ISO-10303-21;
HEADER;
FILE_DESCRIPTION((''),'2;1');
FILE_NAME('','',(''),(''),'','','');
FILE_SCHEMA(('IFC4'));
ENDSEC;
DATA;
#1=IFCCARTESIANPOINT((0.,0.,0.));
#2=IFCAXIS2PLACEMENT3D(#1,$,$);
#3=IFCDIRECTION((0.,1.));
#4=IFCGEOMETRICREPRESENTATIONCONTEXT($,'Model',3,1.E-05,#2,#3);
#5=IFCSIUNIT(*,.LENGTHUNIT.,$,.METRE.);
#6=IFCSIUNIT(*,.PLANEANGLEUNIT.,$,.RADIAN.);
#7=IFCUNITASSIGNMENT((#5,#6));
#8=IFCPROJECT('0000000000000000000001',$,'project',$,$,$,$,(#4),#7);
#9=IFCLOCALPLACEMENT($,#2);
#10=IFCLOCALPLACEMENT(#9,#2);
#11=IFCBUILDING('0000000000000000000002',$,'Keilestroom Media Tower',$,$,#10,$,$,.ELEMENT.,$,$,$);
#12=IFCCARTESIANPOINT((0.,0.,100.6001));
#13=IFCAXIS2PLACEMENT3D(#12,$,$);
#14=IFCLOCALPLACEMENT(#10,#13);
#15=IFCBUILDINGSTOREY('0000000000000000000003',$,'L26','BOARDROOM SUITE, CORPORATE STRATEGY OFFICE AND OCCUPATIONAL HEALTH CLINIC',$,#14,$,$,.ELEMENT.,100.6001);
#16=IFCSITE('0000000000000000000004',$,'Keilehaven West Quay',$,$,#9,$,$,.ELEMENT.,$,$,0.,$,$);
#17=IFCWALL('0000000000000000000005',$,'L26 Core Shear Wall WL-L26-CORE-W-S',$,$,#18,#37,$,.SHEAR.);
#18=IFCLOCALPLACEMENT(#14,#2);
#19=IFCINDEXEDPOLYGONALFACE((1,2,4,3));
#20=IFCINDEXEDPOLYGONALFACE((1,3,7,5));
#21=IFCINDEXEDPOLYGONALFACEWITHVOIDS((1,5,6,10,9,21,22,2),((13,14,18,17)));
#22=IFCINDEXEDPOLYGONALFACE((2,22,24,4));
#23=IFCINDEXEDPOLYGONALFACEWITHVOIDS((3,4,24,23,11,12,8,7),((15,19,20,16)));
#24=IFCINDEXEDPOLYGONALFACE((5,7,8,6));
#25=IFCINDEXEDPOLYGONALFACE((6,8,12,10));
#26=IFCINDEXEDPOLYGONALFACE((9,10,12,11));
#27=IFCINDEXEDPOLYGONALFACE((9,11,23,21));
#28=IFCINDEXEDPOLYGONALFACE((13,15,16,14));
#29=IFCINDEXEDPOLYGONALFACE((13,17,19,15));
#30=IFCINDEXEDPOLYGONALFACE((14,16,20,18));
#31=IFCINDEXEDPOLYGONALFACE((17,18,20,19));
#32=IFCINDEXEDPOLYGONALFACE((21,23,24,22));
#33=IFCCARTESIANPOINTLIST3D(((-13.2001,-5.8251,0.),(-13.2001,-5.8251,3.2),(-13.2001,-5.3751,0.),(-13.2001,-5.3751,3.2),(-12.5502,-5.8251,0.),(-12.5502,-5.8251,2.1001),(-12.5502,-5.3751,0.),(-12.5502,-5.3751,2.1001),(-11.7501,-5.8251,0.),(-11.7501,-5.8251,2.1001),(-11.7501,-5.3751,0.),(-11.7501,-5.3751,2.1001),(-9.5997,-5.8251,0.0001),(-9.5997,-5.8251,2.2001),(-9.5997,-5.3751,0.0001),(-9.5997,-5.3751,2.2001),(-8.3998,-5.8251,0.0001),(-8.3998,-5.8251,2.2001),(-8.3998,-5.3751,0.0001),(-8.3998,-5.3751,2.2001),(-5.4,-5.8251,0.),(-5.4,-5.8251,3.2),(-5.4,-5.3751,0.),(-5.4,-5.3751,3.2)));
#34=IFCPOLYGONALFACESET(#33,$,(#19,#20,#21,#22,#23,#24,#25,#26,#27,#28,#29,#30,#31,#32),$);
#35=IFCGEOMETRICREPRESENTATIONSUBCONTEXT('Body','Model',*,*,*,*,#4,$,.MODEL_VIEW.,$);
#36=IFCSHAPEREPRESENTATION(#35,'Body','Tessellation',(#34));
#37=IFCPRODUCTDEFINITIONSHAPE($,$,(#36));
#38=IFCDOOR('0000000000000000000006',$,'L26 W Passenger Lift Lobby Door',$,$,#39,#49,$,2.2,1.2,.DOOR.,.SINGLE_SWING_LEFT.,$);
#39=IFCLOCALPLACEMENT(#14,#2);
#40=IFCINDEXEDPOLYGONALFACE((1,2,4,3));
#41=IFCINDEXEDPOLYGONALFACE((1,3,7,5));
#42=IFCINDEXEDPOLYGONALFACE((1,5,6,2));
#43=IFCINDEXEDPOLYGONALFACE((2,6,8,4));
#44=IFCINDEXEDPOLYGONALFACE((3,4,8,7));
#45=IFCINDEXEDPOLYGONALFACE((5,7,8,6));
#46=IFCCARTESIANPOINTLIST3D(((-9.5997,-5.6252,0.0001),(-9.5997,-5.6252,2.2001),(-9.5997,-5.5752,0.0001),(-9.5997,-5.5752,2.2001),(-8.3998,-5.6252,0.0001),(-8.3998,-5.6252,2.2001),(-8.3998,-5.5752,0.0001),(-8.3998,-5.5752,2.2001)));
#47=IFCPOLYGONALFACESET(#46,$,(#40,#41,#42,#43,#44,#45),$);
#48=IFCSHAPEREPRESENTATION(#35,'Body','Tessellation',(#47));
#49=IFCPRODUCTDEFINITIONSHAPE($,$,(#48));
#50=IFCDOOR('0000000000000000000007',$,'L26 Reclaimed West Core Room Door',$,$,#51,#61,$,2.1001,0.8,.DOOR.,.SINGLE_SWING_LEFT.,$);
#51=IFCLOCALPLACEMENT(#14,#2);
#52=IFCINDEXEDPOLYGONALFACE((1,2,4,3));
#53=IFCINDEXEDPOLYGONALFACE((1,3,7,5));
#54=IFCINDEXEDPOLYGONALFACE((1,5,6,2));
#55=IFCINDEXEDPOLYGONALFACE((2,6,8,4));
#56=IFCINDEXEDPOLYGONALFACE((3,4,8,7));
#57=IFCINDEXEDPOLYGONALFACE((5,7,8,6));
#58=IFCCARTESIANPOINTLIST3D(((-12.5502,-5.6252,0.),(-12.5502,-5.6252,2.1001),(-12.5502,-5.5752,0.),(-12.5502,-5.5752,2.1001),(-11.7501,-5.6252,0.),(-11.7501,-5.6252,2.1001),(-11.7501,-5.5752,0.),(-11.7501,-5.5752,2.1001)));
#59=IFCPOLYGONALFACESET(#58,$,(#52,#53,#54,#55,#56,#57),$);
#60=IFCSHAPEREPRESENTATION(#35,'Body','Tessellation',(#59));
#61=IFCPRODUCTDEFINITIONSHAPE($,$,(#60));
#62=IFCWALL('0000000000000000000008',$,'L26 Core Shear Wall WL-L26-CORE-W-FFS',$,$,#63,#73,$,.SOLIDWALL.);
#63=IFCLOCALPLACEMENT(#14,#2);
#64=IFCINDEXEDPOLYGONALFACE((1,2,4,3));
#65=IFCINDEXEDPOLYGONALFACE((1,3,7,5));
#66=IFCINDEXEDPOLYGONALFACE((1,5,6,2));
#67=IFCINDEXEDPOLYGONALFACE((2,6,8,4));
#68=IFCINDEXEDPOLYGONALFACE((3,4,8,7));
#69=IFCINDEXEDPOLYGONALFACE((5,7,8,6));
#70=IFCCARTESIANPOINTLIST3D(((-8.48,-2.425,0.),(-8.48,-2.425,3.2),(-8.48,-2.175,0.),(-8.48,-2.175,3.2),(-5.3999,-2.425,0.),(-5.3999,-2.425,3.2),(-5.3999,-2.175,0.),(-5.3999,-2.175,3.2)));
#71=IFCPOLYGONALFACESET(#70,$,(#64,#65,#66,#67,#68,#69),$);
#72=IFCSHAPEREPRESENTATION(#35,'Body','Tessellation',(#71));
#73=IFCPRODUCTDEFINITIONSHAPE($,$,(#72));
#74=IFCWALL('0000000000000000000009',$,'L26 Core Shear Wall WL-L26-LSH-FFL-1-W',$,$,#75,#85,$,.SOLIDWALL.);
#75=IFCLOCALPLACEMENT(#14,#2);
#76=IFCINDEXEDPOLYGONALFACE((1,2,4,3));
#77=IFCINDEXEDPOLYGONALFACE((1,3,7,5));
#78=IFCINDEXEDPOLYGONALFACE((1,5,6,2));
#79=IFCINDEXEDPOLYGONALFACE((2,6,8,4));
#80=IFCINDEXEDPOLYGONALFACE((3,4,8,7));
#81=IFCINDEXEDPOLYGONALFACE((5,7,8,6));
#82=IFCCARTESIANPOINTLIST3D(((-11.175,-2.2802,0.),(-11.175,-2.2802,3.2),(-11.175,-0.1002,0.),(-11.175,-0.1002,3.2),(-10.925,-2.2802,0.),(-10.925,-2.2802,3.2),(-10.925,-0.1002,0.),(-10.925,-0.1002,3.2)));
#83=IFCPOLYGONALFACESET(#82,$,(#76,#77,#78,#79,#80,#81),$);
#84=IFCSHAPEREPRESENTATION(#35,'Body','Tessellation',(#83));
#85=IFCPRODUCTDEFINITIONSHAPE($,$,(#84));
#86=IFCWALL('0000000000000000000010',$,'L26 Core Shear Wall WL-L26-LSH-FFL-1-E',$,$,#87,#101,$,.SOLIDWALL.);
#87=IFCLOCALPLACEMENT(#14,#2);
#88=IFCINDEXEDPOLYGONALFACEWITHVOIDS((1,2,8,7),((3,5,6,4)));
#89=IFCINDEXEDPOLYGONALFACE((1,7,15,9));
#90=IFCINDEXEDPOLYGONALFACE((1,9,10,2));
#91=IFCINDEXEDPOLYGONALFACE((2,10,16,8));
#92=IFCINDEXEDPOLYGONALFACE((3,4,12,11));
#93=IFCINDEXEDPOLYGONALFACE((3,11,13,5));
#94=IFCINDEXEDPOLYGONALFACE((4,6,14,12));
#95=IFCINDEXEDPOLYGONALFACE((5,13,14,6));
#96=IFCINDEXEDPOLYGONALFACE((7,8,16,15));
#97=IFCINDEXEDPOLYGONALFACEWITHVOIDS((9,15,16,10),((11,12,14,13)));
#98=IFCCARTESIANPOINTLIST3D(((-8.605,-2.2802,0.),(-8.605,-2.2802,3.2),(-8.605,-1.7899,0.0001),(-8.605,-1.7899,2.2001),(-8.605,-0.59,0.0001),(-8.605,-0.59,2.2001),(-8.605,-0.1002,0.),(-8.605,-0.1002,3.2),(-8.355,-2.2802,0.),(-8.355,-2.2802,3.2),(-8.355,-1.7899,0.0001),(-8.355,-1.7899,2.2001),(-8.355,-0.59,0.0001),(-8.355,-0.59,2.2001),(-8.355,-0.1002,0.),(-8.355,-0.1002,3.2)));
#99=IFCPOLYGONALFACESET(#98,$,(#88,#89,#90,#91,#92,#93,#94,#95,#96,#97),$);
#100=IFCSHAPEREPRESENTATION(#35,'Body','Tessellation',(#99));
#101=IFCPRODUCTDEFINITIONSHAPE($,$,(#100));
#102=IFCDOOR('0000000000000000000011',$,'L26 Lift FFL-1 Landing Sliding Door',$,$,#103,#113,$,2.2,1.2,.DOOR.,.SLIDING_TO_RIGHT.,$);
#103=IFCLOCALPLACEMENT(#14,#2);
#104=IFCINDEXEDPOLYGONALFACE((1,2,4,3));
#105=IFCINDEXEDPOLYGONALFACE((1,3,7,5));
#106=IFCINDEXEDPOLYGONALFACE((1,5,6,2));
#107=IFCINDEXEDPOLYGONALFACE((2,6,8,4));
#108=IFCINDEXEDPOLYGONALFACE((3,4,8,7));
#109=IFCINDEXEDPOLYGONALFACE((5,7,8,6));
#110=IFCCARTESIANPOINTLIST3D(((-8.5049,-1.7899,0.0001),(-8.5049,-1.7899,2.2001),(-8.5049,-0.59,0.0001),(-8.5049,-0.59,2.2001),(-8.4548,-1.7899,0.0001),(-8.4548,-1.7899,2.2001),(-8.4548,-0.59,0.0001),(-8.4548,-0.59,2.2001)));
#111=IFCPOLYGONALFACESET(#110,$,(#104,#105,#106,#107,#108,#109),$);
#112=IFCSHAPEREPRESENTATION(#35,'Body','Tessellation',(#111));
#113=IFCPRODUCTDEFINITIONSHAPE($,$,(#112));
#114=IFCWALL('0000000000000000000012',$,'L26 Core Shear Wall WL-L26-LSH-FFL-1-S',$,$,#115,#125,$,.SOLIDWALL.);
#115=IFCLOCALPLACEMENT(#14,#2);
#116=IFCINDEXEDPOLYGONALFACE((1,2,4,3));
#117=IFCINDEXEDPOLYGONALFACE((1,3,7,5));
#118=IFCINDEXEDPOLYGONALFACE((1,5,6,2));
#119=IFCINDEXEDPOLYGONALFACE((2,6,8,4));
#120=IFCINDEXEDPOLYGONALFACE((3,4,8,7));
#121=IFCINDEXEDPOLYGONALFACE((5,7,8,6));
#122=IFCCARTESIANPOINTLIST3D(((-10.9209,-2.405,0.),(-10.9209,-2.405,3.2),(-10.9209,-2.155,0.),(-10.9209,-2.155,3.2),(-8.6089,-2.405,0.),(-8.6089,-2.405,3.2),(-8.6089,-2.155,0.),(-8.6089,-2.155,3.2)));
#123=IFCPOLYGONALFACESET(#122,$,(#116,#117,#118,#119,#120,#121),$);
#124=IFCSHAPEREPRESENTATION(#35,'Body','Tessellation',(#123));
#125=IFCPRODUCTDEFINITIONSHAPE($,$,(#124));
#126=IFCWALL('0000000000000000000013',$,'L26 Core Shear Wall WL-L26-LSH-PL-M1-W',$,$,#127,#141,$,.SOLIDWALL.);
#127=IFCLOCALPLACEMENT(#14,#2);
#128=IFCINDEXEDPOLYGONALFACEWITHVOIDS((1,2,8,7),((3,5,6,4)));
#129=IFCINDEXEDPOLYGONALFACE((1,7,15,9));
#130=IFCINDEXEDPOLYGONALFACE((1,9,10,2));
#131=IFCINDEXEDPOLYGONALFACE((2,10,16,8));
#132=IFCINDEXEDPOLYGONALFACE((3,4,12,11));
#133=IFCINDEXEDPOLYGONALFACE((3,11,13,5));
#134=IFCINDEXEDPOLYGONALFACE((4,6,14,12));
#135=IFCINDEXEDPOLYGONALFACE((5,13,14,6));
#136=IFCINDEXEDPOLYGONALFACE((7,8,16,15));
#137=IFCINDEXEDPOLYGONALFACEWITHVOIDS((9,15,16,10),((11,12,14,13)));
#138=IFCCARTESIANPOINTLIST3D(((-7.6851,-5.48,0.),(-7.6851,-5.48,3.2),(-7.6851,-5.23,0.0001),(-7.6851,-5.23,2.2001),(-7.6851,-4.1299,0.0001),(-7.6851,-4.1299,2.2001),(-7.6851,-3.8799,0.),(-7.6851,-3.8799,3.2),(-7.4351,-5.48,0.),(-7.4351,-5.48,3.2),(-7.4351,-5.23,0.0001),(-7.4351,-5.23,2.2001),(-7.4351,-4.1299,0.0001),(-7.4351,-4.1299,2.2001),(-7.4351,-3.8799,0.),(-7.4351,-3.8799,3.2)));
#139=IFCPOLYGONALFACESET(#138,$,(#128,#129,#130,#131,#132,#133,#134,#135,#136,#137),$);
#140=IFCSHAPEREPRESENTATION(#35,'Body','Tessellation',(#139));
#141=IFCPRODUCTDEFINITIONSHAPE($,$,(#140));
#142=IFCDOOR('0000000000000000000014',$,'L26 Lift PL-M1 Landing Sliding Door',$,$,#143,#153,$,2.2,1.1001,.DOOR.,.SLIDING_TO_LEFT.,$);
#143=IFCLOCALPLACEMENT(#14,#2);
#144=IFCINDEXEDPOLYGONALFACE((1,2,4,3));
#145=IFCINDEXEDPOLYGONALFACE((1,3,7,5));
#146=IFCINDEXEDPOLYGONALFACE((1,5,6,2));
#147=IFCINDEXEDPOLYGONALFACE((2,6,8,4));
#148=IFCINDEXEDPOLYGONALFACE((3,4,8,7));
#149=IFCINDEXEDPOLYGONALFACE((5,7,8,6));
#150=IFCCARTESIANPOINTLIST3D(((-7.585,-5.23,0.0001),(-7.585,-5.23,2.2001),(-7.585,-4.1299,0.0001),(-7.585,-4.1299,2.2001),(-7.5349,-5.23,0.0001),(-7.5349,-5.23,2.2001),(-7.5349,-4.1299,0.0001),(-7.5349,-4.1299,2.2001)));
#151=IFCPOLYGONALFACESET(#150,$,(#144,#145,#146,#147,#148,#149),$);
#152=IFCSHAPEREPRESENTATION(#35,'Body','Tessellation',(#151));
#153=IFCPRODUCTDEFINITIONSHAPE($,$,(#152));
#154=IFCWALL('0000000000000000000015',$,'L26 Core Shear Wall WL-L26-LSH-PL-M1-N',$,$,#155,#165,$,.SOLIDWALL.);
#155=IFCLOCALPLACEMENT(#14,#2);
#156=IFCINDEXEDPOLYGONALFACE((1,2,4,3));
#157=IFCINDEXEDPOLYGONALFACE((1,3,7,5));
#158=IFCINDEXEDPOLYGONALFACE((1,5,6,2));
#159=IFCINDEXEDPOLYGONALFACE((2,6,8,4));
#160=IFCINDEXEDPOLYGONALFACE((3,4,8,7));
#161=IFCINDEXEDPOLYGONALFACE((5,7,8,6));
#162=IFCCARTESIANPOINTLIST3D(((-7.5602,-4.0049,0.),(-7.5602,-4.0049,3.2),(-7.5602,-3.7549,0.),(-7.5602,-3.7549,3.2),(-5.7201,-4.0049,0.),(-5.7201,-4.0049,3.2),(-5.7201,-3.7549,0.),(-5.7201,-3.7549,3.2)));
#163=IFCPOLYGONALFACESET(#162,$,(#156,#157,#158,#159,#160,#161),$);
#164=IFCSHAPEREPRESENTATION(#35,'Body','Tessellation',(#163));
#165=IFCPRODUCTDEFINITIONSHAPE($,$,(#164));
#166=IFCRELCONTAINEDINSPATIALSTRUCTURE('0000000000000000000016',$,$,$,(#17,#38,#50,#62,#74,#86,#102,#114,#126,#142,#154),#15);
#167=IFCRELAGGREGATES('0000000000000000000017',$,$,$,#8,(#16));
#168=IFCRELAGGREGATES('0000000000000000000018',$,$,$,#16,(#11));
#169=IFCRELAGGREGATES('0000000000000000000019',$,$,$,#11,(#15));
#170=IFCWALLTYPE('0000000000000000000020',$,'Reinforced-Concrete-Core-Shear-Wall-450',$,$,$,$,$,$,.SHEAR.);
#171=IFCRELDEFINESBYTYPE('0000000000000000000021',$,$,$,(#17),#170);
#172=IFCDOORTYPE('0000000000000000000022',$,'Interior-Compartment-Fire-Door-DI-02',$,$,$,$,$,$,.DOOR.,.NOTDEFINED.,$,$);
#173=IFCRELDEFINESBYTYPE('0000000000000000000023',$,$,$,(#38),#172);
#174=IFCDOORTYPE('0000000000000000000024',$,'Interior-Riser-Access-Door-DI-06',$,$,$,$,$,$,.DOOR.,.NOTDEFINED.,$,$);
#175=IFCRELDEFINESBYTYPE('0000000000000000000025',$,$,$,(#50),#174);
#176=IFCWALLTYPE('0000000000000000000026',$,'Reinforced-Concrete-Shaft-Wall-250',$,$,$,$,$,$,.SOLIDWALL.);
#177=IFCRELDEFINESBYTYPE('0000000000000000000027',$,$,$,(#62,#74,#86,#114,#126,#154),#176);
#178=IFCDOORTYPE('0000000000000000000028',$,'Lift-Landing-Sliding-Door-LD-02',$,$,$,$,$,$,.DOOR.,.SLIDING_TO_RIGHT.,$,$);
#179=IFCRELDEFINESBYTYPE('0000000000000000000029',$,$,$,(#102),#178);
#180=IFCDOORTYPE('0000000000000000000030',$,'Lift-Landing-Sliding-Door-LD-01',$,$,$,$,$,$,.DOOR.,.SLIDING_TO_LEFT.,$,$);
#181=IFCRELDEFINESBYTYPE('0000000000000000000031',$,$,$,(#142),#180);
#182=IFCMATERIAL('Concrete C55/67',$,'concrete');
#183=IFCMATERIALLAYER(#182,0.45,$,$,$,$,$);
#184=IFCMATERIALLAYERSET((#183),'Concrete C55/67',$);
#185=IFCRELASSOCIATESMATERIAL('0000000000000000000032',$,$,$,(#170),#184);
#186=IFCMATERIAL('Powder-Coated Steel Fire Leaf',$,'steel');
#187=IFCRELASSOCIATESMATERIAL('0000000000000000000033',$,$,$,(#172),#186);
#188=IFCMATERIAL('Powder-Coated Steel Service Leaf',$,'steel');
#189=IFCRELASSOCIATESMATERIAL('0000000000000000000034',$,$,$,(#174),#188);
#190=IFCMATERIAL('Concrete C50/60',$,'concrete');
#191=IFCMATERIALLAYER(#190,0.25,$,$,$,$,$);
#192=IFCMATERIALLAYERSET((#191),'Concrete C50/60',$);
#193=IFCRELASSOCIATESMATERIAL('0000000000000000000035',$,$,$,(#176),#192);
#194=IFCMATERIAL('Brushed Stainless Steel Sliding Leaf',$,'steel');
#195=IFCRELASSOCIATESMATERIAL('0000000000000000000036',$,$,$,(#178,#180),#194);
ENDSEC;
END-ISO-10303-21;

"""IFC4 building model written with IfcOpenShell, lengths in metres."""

from ifc_helpers import new_model, si_unit, direction, frame, frame_2d, origin, place, context, subcontext, project, spatial, rectangle, extrude, source, transform, mapped, material, layer, layer_set, type_object, element, fill, save


model = new_model("IFC4")

# Units and contexts
model_context = context("Model", 3, precision=1e-05, world=origin(), true_north=direction((0.0, 1.0)))
body_context = subcontext(model_context, "Body", "Model", "MODEL_VIEW")
ifc_project = project(units=[si_unit("LENGTHUNIT", "METRE"), si_unit("PLANEANGLEUNIT", "RADIAN")], contexts=[model_context])

# Site, building, storey
site_placement = place(None, origin())
site = spatial("IfcSite", under=ifc_project, at=site_placement, Name="Keilehaven West Quay", CompositionType="ELEMENT", RefElevation=0.0)
building_placement = place(site_placement, origin())
building = spatial("IfcBuilding", under=site, at=building_placement, Name="Keilestroom Media Tower", CompositionType="ELEMENT")
storey_placement = place(building_placement, frame((0.0, 0.0, 100.6001)))
storey = spatial("IfcBuildingStorey", under=building, at=storey_placement, Name="L26", Description="BOARDROOM SUITE, CORPORATE STRATEGY OFFICE AND OCCUPATIONAL HEALTH CLINIC", CompositionType="ELEMENT", Elevation=100.6001)

# Shared definitions
ifc_material_1 = material(Name="Concrete C55/67", Category="concrete")
ifc_layer_1 = layer(ifc_material_1, 0.45)
ifc_layer_set_1 = layer_set([ifc_layer_1], Name="Concrete C55/67")
wall_type_1 = type_object("IfcWallType", Name="Reinforced-Concrete-Core-Shear-Wall-450", PredefinedType="SHEAR", material=ifc_layer_set_1)

# Wall, openings, doors
ifc_material_2 = material(Name="Powder-Coated Steel Fire Leaf", Category="steel")
door_type_1 = type_object("IfcDoorType", Name="Interior-Compartment-Fire-Door-DI-02", OperationType="NOTDEFINED", PredefinedType="DOOR", material=ifc_material_2)
shared_shape_1 = source(origin(), body_context, "Body", "SweptSolid", [
    extrude(rectangle(XDim=1.2, YDim=2.2, at=frame_2d((0.6001, 1.1001))), frame((0.0, 0.0249, 0.0), z_axis=(0.0, -1.0, 0.0), x_axis=(1.0, 0.0, 0.0)), (0.0, 0.0, 1.0), 0.05),
])
ifc_material_3 = material(Name="Powder-Coated Steel Service Leaf", Category="steel")
door_type_2 = type_object("IfcDoorType", Name="Interior-Riser-Access-Door-DI-06", OperationType="NOTDEFINED", PredefinedType="DOOR", material=ifc_material_3)
shared_shape_2 = source(origin(), body_context, "Body", "SweptSolid", [
    extrude(rectangle(XDim=0.8, YDim=2.1001, at=frame_2d((0.3999, 1.05))), frame((0.0, 0.0249, 0.0), z_axis=(0.0, -1.0, 0.0), x_axis=(1.0, 0.0, 0.0)), (0.0, 0.0, 1.0), 0.05),
])
wall_1_placement = place(storey_placement, frame((-13.2, -5.6001, 0.0), z_axis=(0.0, 0.0, 1.0), x_axis=(1.0, 0.0, 0.0)))
wall_1 = element("IfcWall", 1, at=wall_1_placement, inside=storey, type_object=wall_type_1, Name="L26 Core Shear Wall WL-L26-CORE-W-S", PredefinedType="SHEAR", context=body_context, shape_type="SweptSolid", body=[
    extrude(rectangle(XDim=7.8, YDim=0.45, at=frame_2d((3.8999, 0.0))), origin(), (0.0, 0.0, 1.0), 3.2),
])
opening_1_placement = place(wall_1_placement, frame((3.6001, 0.0, 0.0)))
opening_1 = element("IfcOpeningElement", 2, at=opening_1_placement, cuts=wall_1, PredefinedType="OPENING", context=body_context, shape_type="SweptSolid", body=[
    extrude(rectangle(XDim=1.2, YDim=2.2, at=frame_2d((0.6001, 1.1001))), frame((0.0, 0.2349, 0.0), z_axis=(0.0, -1.0, 0.0), x_axis=(1.0, 0.0, 0.0)), (0.0, 0.0, 1.0), 0.47),
])
opening_2_placement = place(wall_1_placement, frame((0.6499, 0.0, 0.0)))
opening_2 = element("IfcOpeningElement", 3, at=opening_2_placement, cuts=wall_1, PredefinedType="OPENING", context=body_context, shape_type="SweptSolid", body=[
    extrude(rectangle(XDim=0.8, YDim=2.1001, at=frame_2d((0.3999, 1.05))), frame((0.0, 0.2349, 0.0), z_axis=(0.0, -1.0, 0.0), x_axis=(1.0, 0.0, 0.0)), (0.0, 0.0, 1.0), 0.47),
])
door_1_placement = place(opening_1_placement, origin())
door_1 = element("IfcDoor", 4, at=door_1_placement, inside=storey, type_object=door_type_1, Name="L26 W Passenger Lift Lobby Door", OperationType="SINGLE_SWING_LEFT", OverallHeight=2.2, OverallWidth=1.2, PredefinedType="DOOR", context=body_context, shape_type="MappedRepresentation", body=[
    mapped(shared_shape_1, transform((0.0, 0.0, 0.0), x_axis=(1.0, 0.0, 0.0), y_axis=(0.0, 1.0, 0.0), z_axis=(0.0, 0.0, 1.0), scale=1.0)),
])
fill(opening_1, door_1)
door_2_placement = place(opening_2_placement, origin())
door_2 = element("IfcDoor", 5, at=door_2_placement, inside=storey, type_object=door_type_2, Name="L26 Reclaimed West Core Room Door", OperationType="SINGLE_SWING_LEFT", OverallHeight=2.1001, OverallWidth=0.8, PredefinedType="DOOR", context=body_context, shape_type="MappedRepresentation", body=[
    mapped(shared_shape_2, transform((0.0, 0.0, 0.0), x_axis=(1.0, 0.0, 0.0), y_axis=(0.0, 1.0, 0.0), z_axis=(0.0, 0.0, 1.0), scale=1.0)),
])
fill(opening_2, door_2)

# Walls
ifc_material_4 = material(Name="Concrete C50/60", Category="concrete")
ifc_layer_2 = layer(ifc_material_4, 0.25)
ifc_layer_set_2 = layer_set([ifc_layer_2], Name="Concrete C50/60")
wall_type_2 = type_object("IfcWallType", Name="Reinforced-Concrete-Shaft-Wall-250", PredefinedType="SOLIDWALL", material=ifc_layer_set_2)
wall_2_placement = place(storey_placement, frame((-8.48, -2.3, 0.0), z_axis=(0.0, 0.0, 1.0), x_axis=(1.0, 0.0, 0.0)))
element("IfcWall", 6, at=wall_2_placement, inside=storey, type_object=wall_type_2, Name="L26 Core Shear Wall WL-L26-CORE-W-FFS", PredefinedType="SOLIDWALL", context=body_context, shape_type="SweptSolid", body=[
    extrude(rectangle(XDim=3.0801, YDim=0.25, at=frame_2d((1.54, 0.0))), origin(), (0.0, 0.0, 1.0), 3.2),
])
wall_3_placement = place(storey_placement, frame((-11.05, -2.28, 0.0), z_axis=(0.0, 0.0, 1.0), x_axis=(0.0, 1.0, 0.0)))
element("IfcWall", 7, at=wall_3_placement, inside=storey, type_object=wall_type_2, Name="L26 Core Shear Wall WL-L26-LSH-FFL-1-W", PredefinedType="SOLIDWALL", context=body_context, shape_type="SweptSolid", body=[
    extrude(rectangle(XDim=2.1799, YDim=0.25, at=frame_2d((1.0898, 0.0))), origin(), (0.0, 0.0, 1.0), 3.2),
])

# Wall, opening, door
wall_4_placement = place(storey_placement, frame((-8.48, -2.28, 0.0), z_axis=(0.0, 0.0, 1.0), x_axis=(0.0, 1.0, 0.0)))
wall_4 = element("IfcWall", 8, at=wall_4_placement, inside=storey, type_object=wall_type_2, Name="L26 Core Shear Wall WL-L26-LSH-FFL-1-E", PredefinedType="SOLIDWALL", context=body_context, shape_type="SweptSolid", body=[
    extrude(rectangle(XDim=2.1799, YDim=0.25, at=frame_2d((1.0898, 0.0))), origin(), (0.0, 0.0, 1.0), 3.2),
])
opening_3_placement = place(wall_4_placement, frame((0.49, 0.0, 0.0)))
opening_3 = element("IfcOpeningElement", 9, at=opening_3_placement, cuts=wall_4, PredefinedType="OPENING", context=body_context, shape_type="SweptSolid", body=[
    extrude(rectangle(XDim=1.2, YDim=2.2, at=frame_2d((0.6001, 1.1001))), frame((0.0, 0.135, 0.0), z_axis=(0.0, -1.0, 0.0), x_axis=(1.0, 0.0, 0.0)), (0.0, 0.0, 1.0), 0.27),
])
ifc_material_5 = material(Name="Brushed Stainless Steel Sliding Leaf", Category="steel")
door_type_3 = type_object("IfcDoorType", Name="Lift-Landing-Sliding-Door-LD-02", OperationType="SLIDING_TO_RIGHT", PredefinedType="DOOR", material=ifc_material_5)
door_3_placement = place(opening_3_placement, origin())
door_3 = element("IfcDoor", 10, at=door_3_placement, inside=storey, type_object=door_type_3, Name="L26 Lift FFL-1 Landing Sliding Door", OperationType="SLIDING_TO_RIGHT", OverallHeight=2.2, OverallWidth=1.2, PredefinedType="DOOR", context=body_context, shape_type="MappedRepresentation", body=[
    mapped(shared_shape_1, transform((0.0, 0.0, 0.0), x_axis=(1.0, 0.0, 0.0), y_axis=(0.0, 1.0, 0.0), z_axis=(0.0, 0.0, 1.0), scale=1.0)),
])
fill(opening_3, door_3)

# Wall
wall_5_placement = place(storey_placement, frame((-10.9209, -2.28, 0.0), z_axis=(0.0, 0.0, 1.0), x_axis=(1.0, 0.0, 0.0)))
element("IfcWall", 11, at=wall_5_placement, inside=storey, type_object=wall_type_2, Name="L26 Core Shear Wall WL-L26-LSH-FFL-1-S", PredefinedType="SOLIDWALL", context=body_context, shape_type="SweptSolid", body=[
    extrude(rectangle(XDim=2.312, YDim=0.25, at=frame_2d((1.156, 0.0))), origin(), (0.0, 0.0, 1.0), 3.2),
])

# Wall, opening, door
wall_6_placement = place(storey_placement, frame((-7.5601, -5.48, 0.0), z_axis=(0.0, 0.0, 1.0), x_axis=(0.0, 1.0, 0.0)))
wall_6 = element("IfcWall", 12, at=wall_6_placement, inside=storey, type_object=wall_type_2, Name="L26 Core Shear Wall WL-L26-LSH-PL-M1-W", PredefinedType="SOLIDWALL", context=body_context, shape_type="SweptSolid", body=[
    extrude(rectangle(XDim=1.6001, YDim=0.25, at=frame_2d((0.8, 0.0))), origin(), (0.0, 0.0, 1.0), 3.2),
])
opening_4_placement = place(wall_6_placement, frame((0.25, 0.0, 0.0)))
opening_4 = element("IfcOpeningElement", 13, at=opening_4_placement, cuts=wall_6, PredefinedType="OPENING", context=body_context, shape_type="SweptSolid", body=[
    extrude(rectangle(XDim=1.1001, YDim=2.2, at=frame_2d((0.55, 1.1001))), frame((0.0, 0.135, 0.0), z_axis=(0.0, -1.0, 0.0), x_axis=(1.0, 0.0, 0.0)), (0.0, 0.0, 1.0), 0.27),
])
door_type_4 = type_object("IfcDoorType", Name="Lift-Landing-Sliding-Door-LD-01", OperationType="SLIDING_TO_LEFT", PredefinedType="DOOR", material=ifc_material_5)
shared_shape_3 = source(origin(), body_context, "Body", "SweptSolid", [
    extrude(rectangle(XDim=1.1001, YDim=2.2, at=frame_2d((0.55, 1.1001))), frame((0.0, 0.0249, 0.0), z_axis=(0.0, -1.0, 0.0), x_axis=(1.0, 0.0, 0.0)), (0.0, 0.0, 1.0), 0.05),
])
door_4_placement = place(opening_4_placement, origin())
door_4 = element("IfcDoor", 14, at=door_4_placement, inside=storey, type_object=door_type_4, Name="L26 Lift PL-M1 Landing Sliding Door", OperationType="SLIDING_TO_LEFT", OverallHeight=2.2, OverallWidth=1.1001, PredefinedType="DOOR", context=body_context, shape_type="MappedRepresentation", body=[
    mapped(shared_shape_3, transform((0.0, 0.0, 0.0), x_axis=(1.0, 0.0, 0.0), y_axis=(0.0, 1.0, 0.0), z_axis=(0.0, 0.0, 1.0), scale=1.0)),
])
fill(opening_4, door_4)

# Wall
wall_7_placement = place(storey_placement, frame((-7.5601, -3.8799, 0.0), z_axis=(0.0, 0.0, 1.0), x_axis=(1.0, 0.0, 0.0)))
element("IfcWall", 15, at=wall_7_placement, inside=storey, type_object=wall_type_2, Name="L26 Core Shear Wall WL-L26-LSH-PL-M1-N", PredefinedType="SOLIDWALL", context=body_context, shape_type="SweptSolid", body=[
    extrude(rectangle(XDim=1.8401, YDim=0.25, at=frame_2d((0.9199, 0.0))), origin(), (0.0, 0.0, 1.0), 3.2),
])

save(model, "model.ifc")
